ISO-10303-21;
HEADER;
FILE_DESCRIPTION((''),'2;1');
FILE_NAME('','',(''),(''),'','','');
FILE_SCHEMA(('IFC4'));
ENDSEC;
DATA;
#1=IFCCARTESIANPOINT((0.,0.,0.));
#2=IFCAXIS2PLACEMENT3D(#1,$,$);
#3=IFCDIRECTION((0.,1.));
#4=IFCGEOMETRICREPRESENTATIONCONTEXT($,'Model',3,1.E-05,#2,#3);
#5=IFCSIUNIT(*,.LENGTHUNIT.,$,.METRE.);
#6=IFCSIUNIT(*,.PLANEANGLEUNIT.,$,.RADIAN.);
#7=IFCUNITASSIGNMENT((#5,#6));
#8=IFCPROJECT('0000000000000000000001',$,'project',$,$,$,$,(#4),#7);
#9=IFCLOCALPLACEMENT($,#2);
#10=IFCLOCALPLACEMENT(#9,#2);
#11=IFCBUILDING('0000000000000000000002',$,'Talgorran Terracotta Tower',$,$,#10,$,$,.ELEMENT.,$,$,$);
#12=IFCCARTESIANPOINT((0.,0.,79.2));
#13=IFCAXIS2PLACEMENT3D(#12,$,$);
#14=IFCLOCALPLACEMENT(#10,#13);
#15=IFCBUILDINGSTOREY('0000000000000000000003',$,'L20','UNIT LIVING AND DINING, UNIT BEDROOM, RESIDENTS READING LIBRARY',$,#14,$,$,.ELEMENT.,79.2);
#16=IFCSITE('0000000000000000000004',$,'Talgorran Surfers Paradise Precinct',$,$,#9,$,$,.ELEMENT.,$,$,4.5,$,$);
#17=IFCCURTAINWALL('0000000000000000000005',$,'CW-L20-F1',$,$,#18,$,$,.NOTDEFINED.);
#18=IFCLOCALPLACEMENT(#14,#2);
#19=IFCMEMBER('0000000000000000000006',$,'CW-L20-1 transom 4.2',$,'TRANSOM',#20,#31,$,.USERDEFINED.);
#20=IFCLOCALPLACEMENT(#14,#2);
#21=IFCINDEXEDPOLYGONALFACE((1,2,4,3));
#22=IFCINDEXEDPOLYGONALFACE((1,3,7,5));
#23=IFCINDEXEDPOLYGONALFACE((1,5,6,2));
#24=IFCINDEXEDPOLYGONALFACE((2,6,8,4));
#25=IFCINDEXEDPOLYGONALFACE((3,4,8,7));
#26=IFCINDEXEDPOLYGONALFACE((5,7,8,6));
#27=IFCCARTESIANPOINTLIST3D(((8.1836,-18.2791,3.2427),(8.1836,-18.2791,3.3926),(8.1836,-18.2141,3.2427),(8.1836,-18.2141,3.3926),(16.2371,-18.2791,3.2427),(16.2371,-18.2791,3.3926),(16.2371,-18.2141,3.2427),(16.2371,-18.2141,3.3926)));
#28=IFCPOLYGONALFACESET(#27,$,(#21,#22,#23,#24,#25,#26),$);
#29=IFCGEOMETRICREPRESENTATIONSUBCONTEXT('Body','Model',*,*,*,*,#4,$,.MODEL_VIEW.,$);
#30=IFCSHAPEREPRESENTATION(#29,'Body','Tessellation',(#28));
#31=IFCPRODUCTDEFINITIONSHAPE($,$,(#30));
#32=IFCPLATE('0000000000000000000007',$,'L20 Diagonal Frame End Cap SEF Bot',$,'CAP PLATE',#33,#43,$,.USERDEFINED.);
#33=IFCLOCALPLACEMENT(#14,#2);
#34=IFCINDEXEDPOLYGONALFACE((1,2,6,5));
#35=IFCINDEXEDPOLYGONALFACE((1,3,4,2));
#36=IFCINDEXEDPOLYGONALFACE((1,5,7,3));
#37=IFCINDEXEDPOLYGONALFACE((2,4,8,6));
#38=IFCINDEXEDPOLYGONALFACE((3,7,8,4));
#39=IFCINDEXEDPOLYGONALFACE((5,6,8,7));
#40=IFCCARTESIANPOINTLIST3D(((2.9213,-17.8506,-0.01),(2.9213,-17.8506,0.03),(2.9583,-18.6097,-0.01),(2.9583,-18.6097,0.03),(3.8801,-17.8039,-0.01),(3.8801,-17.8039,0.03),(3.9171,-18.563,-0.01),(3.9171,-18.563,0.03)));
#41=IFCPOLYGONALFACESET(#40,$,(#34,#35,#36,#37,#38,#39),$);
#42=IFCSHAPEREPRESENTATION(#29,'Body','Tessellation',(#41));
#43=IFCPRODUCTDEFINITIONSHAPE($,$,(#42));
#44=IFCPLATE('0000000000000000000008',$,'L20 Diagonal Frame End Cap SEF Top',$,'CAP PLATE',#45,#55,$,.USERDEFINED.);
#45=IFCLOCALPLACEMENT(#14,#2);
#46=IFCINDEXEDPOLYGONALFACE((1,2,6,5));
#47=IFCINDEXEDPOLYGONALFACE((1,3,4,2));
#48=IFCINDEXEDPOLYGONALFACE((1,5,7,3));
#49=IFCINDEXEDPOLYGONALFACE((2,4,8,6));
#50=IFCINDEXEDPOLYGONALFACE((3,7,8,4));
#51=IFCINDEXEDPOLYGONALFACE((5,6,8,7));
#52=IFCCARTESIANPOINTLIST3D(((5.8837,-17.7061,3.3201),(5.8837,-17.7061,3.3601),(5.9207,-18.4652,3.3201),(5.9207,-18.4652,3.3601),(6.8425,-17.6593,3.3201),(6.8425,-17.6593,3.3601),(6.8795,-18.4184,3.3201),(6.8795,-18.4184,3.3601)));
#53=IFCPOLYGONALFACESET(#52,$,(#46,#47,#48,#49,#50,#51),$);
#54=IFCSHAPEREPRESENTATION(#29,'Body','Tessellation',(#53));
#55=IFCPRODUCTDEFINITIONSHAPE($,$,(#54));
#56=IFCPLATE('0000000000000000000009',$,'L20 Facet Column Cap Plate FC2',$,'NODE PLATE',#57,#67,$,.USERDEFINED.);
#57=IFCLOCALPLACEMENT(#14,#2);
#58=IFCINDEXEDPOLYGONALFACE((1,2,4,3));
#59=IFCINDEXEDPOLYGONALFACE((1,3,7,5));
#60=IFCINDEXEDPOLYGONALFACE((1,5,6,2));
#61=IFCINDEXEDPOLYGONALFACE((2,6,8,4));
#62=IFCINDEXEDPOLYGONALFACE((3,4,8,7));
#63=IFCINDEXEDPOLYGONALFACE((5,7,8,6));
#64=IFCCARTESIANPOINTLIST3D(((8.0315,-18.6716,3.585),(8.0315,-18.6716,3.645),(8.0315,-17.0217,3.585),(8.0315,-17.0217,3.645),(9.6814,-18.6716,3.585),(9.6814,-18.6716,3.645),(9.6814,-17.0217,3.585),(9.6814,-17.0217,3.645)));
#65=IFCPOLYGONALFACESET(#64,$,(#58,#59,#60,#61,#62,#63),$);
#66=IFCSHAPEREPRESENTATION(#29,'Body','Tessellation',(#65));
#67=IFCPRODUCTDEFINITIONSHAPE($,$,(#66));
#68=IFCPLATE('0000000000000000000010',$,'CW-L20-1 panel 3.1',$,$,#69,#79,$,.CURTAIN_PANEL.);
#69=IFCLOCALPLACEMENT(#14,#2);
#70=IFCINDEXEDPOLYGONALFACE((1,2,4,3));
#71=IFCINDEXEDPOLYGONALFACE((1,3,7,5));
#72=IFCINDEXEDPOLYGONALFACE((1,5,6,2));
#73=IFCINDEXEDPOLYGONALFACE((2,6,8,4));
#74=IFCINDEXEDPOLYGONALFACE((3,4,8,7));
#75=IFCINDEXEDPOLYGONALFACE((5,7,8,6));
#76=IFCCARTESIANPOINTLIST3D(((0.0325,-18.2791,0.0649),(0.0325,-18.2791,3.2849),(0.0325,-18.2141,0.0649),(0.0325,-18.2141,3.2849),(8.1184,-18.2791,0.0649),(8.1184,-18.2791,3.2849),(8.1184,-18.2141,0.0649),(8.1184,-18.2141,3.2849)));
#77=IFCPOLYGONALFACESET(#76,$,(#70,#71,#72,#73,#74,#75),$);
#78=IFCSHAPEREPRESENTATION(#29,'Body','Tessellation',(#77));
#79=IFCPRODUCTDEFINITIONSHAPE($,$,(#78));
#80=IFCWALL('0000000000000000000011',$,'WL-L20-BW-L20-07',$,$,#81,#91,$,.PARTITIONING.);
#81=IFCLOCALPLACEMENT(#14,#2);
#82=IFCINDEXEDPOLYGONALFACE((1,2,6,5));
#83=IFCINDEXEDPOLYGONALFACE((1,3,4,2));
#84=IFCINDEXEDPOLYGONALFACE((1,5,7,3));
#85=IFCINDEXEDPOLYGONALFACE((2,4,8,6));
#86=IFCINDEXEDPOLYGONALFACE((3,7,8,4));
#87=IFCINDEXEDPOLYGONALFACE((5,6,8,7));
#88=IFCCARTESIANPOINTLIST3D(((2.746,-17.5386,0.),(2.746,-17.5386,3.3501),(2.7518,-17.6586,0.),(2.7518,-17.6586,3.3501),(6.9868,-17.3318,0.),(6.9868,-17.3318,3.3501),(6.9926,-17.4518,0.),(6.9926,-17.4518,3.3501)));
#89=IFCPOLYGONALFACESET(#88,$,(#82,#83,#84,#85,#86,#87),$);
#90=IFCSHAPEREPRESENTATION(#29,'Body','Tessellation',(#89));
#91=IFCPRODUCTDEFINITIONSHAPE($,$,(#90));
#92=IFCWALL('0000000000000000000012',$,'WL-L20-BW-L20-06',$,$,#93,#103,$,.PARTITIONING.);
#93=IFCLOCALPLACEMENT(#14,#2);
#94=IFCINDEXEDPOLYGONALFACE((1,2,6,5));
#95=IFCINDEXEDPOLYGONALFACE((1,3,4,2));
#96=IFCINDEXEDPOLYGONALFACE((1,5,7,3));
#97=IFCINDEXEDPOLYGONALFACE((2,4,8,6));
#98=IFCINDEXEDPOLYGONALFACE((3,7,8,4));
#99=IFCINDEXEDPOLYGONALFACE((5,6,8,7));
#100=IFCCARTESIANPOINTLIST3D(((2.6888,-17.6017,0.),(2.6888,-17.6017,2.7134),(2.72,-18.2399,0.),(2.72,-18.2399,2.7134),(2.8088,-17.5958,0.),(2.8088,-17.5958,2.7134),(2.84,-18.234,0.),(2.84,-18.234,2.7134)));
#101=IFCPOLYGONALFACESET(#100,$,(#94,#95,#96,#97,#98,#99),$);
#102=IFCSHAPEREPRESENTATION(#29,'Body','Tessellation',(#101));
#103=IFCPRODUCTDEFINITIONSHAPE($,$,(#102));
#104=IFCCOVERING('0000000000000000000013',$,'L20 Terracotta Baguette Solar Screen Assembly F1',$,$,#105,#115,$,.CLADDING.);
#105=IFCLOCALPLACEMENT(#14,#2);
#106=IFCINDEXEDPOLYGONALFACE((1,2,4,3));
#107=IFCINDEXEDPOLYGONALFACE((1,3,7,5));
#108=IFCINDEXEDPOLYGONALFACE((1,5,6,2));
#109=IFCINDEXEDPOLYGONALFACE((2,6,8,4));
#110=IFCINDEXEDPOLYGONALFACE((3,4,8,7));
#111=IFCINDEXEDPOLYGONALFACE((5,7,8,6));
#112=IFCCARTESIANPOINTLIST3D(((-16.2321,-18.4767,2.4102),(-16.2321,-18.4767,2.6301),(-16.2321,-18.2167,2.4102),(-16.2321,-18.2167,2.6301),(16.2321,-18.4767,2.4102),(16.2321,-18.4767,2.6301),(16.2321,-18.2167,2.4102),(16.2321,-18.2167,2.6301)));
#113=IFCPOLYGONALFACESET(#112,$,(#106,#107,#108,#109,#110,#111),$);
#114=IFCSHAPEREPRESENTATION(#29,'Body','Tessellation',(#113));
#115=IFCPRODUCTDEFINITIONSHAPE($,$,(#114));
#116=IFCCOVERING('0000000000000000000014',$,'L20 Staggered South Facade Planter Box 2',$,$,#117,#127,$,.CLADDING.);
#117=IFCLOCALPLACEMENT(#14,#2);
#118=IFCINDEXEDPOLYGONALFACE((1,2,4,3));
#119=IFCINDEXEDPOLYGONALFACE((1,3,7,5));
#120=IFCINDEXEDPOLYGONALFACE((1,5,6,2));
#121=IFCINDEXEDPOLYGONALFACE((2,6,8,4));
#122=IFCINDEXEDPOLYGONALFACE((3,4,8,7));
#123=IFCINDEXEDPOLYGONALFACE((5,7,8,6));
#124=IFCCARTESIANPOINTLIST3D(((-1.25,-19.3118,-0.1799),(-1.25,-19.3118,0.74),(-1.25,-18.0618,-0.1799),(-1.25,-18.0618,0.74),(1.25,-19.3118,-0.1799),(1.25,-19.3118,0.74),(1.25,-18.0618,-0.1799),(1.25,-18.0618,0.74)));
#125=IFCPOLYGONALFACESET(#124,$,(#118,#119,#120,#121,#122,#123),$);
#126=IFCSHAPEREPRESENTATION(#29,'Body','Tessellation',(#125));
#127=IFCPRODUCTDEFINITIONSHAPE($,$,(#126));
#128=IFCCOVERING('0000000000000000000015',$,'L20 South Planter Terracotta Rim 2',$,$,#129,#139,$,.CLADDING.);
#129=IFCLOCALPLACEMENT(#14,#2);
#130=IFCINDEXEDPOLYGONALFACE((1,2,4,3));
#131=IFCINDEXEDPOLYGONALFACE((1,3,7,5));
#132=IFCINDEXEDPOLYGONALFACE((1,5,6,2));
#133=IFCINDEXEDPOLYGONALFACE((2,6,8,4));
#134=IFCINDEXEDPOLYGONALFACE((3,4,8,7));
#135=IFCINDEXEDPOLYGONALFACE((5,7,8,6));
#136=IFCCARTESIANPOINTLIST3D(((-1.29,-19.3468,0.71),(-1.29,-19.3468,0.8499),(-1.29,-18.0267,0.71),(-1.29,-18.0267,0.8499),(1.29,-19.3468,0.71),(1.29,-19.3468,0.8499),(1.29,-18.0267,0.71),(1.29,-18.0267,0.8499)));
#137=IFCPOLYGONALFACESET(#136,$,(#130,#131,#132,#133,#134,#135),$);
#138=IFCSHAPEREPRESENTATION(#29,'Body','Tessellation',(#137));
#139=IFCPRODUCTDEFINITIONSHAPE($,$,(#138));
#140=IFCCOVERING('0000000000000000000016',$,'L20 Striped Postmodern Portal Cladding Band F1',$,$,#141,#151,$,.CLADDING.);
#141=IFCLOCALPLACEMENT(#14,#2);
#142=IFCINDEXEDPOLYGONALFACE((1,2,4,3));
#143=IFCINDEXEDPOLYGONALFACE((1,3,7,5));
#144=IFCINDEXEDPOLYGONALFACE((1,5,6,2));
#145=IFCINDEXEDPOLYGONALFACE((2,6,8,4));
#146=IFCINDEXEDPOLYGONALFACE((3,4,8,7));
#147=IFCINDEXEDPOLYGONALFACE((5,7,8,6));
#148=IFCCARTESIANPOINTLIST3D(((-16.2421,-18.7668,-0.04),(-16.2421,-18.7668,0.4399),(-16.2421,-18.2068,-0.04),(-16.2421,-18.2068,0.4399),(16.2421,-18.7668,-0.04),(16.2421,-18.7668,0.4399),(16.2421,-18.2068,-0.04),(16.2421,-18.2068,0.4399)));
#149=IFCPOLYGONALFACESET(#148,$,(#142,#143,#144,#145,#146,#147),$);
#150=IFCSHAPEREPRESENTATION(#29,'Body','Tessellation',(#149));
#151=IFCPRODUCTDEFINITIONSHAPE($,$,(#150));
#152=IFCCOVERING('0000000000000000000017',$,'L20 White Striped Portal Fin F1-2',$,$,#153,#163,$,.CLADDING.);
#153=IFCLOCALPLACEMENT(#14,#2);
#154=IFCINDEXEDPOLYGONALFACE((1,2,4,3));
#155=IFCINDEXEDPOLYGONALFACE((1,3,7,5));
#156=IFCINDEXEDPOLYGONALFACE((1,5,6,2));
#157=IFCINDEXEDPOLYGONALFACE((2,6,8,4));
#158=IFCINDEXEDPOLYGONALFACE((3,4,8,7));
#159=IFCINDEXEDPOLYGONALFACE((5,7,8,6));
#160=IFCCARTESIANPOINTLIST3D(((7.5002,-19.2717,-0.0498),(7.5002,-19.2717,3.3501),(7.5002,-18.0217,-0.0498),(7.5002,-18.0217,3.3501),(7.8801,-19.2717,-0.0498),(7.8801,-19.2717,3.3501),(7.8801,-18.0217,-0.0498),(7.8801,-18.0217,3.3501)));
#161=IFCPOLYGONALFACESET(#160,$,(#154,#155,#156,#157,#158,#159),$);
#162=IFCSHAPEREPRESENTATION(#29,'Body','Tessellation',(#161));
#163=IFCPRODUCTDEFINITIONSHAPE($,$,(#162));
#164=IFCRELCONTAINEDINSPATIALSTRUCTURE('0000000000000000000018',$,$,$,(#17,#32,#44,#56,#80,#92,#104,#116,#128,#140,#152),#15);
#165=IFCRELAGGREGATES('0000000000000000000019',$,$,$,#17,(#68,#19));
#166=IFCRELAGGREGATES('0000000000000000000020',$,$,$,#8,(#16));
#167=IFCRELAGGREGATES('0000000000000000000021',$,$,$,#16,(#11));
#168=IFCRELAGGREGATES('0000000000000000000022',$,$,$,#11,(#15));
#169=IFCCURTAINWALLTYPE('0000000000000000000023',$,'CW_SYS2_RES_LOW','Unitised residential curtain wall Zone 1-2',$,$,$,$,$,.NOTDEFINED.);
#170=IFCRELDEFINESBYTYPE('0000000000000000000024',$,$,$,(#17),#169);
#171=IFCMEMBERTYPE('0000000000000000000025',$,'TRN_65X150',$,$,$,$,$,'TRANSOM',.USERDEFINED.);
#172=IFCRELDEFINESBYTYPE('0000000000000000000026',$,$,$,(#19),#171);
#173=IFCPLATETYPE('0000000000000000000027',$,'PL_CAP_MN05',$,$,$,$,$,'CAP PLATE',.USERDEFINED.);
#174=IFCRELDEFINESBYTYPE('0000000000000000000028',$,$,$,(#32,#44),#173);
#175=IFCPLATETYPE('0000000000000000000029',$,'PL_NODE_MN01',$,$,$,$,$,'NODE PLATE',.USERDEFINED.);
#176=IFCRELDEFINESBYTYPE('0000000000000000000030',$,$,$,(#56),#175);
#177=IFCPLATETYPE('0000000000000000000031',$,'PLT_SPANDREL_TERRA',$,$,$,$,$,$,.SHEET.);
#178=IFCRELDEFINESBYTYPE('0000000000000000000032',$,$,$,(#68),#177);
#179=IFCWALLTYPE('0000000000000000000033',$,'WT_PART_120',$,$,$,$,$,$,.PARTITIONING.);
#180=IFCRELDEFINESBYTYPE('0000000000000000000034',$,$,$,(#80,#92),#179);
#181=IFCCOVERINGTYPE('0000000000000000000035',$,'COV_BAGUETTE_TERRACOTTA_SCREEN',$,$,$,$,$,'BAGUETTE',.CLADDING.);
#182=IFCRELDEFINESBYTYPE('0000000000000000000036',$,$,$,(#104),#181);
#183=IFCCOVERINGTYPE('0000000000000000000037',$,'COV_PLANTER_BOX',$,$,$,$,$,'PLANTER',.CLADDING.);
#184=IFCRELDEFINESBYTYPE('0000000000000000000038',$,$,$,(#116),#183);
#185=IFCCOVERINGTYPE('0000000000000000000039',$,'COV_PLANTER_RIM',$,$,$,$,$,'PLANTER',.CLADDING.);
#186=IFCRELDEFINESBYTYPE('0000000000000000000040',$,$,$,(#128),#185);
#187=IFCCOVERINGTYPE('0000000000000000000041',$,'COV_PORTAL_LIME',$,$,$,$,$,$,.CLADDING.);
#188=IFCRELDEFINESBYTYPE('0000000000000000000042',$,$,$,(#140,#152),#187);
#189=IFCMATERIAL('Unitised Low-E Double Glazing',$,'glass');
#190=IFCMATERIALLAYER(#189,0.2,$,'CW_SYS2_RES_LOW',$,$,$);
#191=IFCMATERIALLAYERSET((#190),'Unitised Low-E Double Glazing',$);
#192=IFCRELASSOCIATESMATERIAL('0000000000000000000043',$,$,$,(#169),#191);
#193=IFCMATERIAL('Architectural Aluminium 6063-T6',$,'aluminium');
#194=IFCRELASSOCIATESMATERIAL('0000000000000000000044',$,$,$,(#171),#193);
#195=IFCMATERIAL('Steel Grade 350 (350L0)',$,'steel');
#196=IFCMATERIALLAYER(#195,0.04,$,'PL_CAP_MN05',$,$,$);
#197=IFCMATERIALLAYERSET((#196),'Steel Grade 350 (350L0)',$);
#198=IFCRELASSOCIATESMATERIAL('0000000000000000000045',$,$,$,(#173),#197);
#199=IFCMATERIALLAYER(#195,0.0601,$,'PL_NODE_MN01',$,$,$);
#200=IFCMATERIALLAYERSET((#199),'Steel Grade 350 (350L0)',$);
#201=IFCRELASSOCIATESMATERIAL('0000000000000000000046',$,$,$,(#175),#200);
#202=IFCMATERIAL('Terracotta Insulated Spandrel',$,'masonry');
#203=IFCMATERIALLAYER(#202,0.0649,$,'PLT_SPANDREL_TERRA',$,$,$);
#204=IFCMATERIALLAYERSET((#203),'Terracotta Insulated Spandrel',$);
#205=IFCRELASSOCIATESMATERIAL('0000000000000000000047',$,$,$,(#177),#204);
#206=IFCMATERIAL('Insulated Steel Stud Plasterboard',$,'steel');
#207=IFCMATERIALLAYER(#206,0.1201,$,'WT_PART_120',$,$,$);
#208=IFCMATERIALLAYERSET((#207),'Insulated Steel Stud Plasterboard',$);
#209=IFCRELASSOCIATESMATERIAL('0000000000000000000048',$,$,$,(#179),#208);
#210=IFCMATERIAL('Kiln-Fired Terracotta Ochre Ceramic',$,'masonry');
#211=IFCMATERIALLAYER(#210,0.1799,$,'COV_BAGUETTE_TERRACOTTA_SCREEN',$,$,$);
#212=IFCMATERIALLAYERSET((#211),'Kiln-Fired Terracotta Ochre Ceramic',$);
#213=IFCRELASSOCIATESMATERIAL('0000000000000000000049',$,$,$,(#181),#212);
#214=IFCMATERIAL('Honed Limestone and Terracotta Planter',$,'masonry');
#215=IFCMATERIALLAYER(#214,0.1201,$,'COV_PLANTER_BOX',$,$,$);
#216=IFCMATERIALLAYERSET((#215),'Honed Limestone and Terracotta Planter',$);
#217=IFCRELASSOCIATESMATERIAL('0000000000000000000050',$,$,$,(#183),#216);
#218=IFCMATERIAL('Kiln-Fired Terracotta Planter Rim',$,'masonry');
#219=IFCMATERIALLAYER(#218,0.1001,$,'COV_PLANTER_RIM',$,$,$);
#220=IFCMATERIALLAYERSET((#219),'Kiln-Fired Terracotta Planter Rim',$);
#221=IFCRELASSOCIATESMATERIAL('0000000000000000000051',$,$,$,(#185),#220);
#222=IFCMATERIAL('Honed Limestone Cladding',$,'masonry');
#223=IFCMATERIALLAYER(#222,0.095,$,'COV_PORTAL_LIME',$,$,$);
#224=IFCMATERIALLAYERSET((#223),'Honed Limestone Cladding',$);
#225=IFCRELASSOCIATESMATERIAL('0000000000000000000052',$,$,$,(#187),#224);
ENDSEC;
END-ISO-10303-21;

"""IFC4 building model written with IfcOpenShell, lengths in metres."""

from ifc_helpers import new_model, si_unit, direction, frame, frame_2d, origin, origin_2d, place, context, subcontext, project, spatial, rectangle, extrude, source, transform, mapped, material, layer, layer_set, material_profile, profile_set, type_object, type_shapes, element, aggregate, save


model = new_model("IFC4")

# Units and contexts
model_context = context("Model", 3, precision=1e-05, world=origin(), true_north=direction((0.0, 1.0)))
body_context = subcontext(model_context, "Body", "Model", "MODEL_VIEW")
ifc_project = project(units=[si_unit("LENGTHUNIT", "METRE"), si_unit("PLANEANGLEUNIT", "RADIAN")], contexts=[model_context])

# Site, building, storey
site_placement = place(None, origin())
site = spatial("IfcSite", under=ifc_project, at=site_placement, Name="Talgorran Surfers Paradise Precinct", CompositionType="ELEMENT", RefElevation=4.5)
building_placement = place(site_placement, origin())
building = spatial("IfcBuilding", under=site, at=building_placement, Name="Talgorran Terracotta Tower", CompositionType="ELEMENT")
storey_placement = place(building_placement, frame((0.0, 0.0, 79.2)))
storey = spatial("IfcBuildingStorey", under=building, at=storey_placement, Name="L20", Description="UNIT LIVING AND DINING, UNIT BEDROOM, RESIDENTS READING LIBRARY", CompositionType="ELEMENT", Elevation=79.2)

# Shared definitions
ifc_material_1 = material(Name="Steel Grade 350 (350L0)", Category="steel")

# Curtain wall, member
ifc_material_2 = material(Name="Unitised Low-E Double Glazing", Category="glass")
ifc_layer_1 = layer(ifc_material_2, 0.2, Name="CW_SYS2_RES_LOW")
ifc_layer_set_1 = layer_set([ifc_layer_1], Name="Unitised Low-E Double Glazing")
curtain_wall_type = type_object("IfcCurtainWallType", Name="CW_SYS2_RES_LOW", Description="Unitised residential curtain wall Zone 1-2", PredefinedType="NOTDEFINED", material=ifc_layer_set_1)
curtain_wall_placement = place(storey_placement, origin())
curtain_wall = element("IfcCurtainWall", 1, at=curtain_wall_placement, inside=storey, type_object=curtain_wall_type, Name="CW-L20-F1", PredefinedType="NOTDEFINED")
ifc_material_3 = material(Name="Architectural Aluminium 6063-T6", Category="aluminium")
ifc_material_profile_1 = material_profile(ifc_material_3, rectangle(XDim=0.0649, YDim=0.1499, at=origin_2d()), Name="CWT65X150")
ifc_profile_set_1 = profile_set([ifc_material_profile_1], Name="Architectural Aluminium 6063-T6")
member_type_1 = type_object("IfcMemberType", Name="TRN_65X150", ElementType="TRANSOM", PredefinedType="USERDEFINED", material=ifc_profile_set_1)
member_1_placement = place(storey_placement, frame((8.1836, -18.2466, 3.3176), z_axis=(1.0, 0.0, 0.0), x_axis=(0.0, 1.0, 0.0)))
member_1 = element("IfcMember", 2, at=member_1_placement, type_object=member_type_1, Name="CW-L20-1 transom 4.2", ObjectType="TRANSOM", PredefinedType="USERDEFINED", context=body_context, shape_type="SweptSolid", body=[
    extrude(rectangle(XDim=0.0649, YDim=0.1499, at=origin_2d()), origin(), (0.0, 0.0, 1.0), 8.0535),
])

# Plates
ifc_layer_2 = layer(ifc_material_1, 0.04, Name="PL_CAP_MN05")
ifc_layer_set_2 = layer_set([ifc_layer_2], Name="Steel Grade 350 (350L0)")
plate_type_1 = type_object("IfcPlateType", Name="PL_CAP_MN05", ElementType="CAP PLATE", PredefinedType="USERDEFINED", material=ifc_layer_set_2)
for number, where, z_axis, x_axis, name in (
    (3, (3.4192, -18.2068, -0.01), (0.0, 0.0, 1.0), (0.998815, 0.048675, 0.0), "L20 Diagonal Frame End Cap SEF Bot"),
    (4, (6.3816, -18.0623, 3.3201), (0.0, 0.0, 1.0), (0.998815, 0.048675, 0.0), "L20 Diagonal Frame End Cap SEF Top"),
):
    element("IfcPlate", number, at=place(storey_placement, frame(where, z_axis=z_axis, x_axis=x_axis)), inside=storey, type_object=plate_type_1, Name=name, ObjectType="CAP PLATE", PredefinedType="USERDEFINED", context=body_context, shape_type="SweptSolid", body=[
        extrude(rectangle(XDim=0.96, YDim=0.76, at=origin_2d()), origin(), (0.0, 0.0, 1.0), 0.04),
    ])
ifc_layer_3 = layer(ifc_material_1, 0.0601, Name="PL_NODE_MN01")
ifc_layer_set_3 = layer_set([ifc_layer_3], Name="Steel Grade 350 (350L0)")
plate_type_2 = type_object("IfcPlateType", Name="PL_NODE_MN01", ElementType="NODE PLATE", PredefinedType="USERDEFINED", material=ifc_layer_set_3)
plate_1_placement = place(storey_placement, frame((8.8564, -17.8467, 3.585), z_axis=(0.0, 0.0, 1.0), x_axis=(1.0, 0.0, 0.0)))
element("IfcPlate", 5, at=plate_1_placement, inside=storey, type_object=plate_type_2, Name="L20 Facet Column Cap Plate FC2", ObjectType="NODE PLATE", PredefinedType="USERDEFINED", context=body_context, shape_type="SweptSolid", body=[
    extrude(rectangle(XDim=1.6499, YDim=1.6499, at=origin_2d()), origin(), (0.0, 0.0, 1.0), 0.0601),
])

# Plate
ifc_material_4 = material(Name="Terracotta Insulated Spandrel", Category="masonry")
ifc_layer_4 = layer(ifc_material_4, 0.0649, Name="PLT_SPANDREL_TERRA")
ifc_layer_set_4 = layer_set([ifc_layer_4], Name="Terracotta Insulated Spandrel")
plate_type_3 = type_object("IfcPlateType", Name="PLT_SPANDREL_TERRA", PredefinedType="SHEET", material=ifc_layer_set_4)
shared_shape_1 = source(origin(), body_context, "Body", "SweptSolid", [
    extrude(rectangle(XDim=8.0859, YDim=0.0649, at=origin_2d()), origin(), (0.0, 0.0, 1.0), 3.22),
])
type_shapes(plate_type_3, [shared_shape_1])
plate_2_placement = place(storey_placement, frame((4.0754, -18.2466, 0.0649), z_axis=(0.0, 0.0, 1.0), x_axis=(1.0, 0.0, 0.0)))
plate_2 = element("IfcPlate", 6, at=plate_2_placement, type_object=plate_type_3, Name="CW-L20-1 panel 3.1", PredefinedType="CURTAIN_PANEL", context=body_context, shape_type="MappedRepresentation", body=[
    mapped(shared_shape_1, transform((0.0, 0.0, 0.0), scale=1.0)),
])
aggregate(curtain_wall, [plate_2, member_1])

# Walls
ifc_material_5 = material(Name="Insulated Steel Stud Plasterboard", Category="steel")
ifc_layer_5 = layer(ifc_material_5, 0.1201, Name="WT_PART_120")
ifc_layer_set_5 = layer_set([ifc_layer_5], Name="Insulated Steel Stud Plasterboard")
wall_type = type_object("IfcWallType", Name="WT_PART_120", PredefinedType="PARTITIONING", material=ifc_layer_set_5)
wall_1_placement = place(storey_placement, frame((2.7488, -17.5986, 0.0), z_axis=(0.0, 0.0, 1.0), x_axis=(0.998813, 0.048704, 0.0)))
element("IfcWall", 7, at=wall_1_placement, inside=storey, type_object=wall_type, Name="WL-L20-BW-L20-07", PredefinedType="PARTITIONING", context=body_context, shape_type="SweptSolid", body=[
    extrude(rectangle(XDim=4.2458, YDim=0.1201, at=frame_2d((2.123, 0.0))), origin(), (0.0, 0.0, 1.0), 3.3501),
])
wall_2_placement = place(storey_placement, frame((2.78, -18.2368, 0.0), z_axis=(0.0, 0.0, 1.0), x_axis=(-0.048908, 0.998803, 0.0)))
element("IfcWall", 8, at=wall_2_placement, inside=storey, type_object=wall_type, Name="WL-L20-BW-L20-06", PredefinedType="PARTITIONING", context=body_context, shape_type="SweptSolid", body=[
    extrude(rectangle(XDim=0.6389, YDim=0.1201, at=frame_2d((0.3193, 0.0))), origin(), (0.0, 0.0, 1.0), 2.7134),
])

# Coverings
ifc_material_6 = material(Name="Kiln-Fired Terracotta Ochre Ceramic", Category="masonry")
ifc_layer_6 = layer(ifc_material_6, 0.1799, Name="COV_BAGUETTE_TERRACOTTA_SCREEN")
ifc_layer_set_6 = layer_set([ifc_layer_6], Name="Kiln-Fired Terracotta Ochre Ceramic")
covering_type_1 = type_object("IfcCoveringType", Name="COV_BAGUETTE_TERRACOTTA_SCREEN", ElementType="BAGUETTE", PredefinedType="CLADDING", material=ifc_layer_set_6)
covering_1_placement = place(storey_placement, frame((0.0, -18.3467, 2.4102), z_axis=(0.0, 0.0, 1.0), x_axis=(1.0, 0.0, 0.0)))
element("IfcCovering", 9, at=covering_1_placement, inside=storey, type_object=covering_type_1, Name="L20 Terracotta Baguette Solar Screen Assembly F1", PredefinedType="CLADDING", context=body_context, shape_type="SweptSolid", body=[
    extrude(rectangle(XDim=32.4641, YDim=0.26, at=origin_2d()), origin(), (0.0, 0.0, 1.0), 0.22),
])
ifc_material_7 = material(Name="Honed Limestone and Terracotta Planter", Category="masonry")
ifc_layer_7 = layer(ifc_material_7, 0.1201, Name="COV_PLANTER_BOX")
ifc_layer_set_7 = layer_set([ifc_layer_7], Name="Honed Limestone and Terracotta Planter")
covering_type_2 = type_object("IfcCoveringType", Name="COV_PLANTER_BOX", ElementType="PLANTER", PredefinedType="CLADDING", material=ifc_layer_set_7)
covering_2_placement = place(storey_placement, frame((0.0, -18.6868, -0.1799), z_axis=(0.0, 0.0, 1.0), x_axis=(1.0, 0.0, 0.0)))
element("IfcCovering", 10, at=covering_2_placement, inside=storey, type_object=covering_type_2, Name="L20 Staggered South Facade Planter Box 2", PredefinedType="CLADDING", context=body_context, shape_type="SweptSolid", body=[
    extrude(rectangle(XDim=2.5, YDim=1.25, at=origin_2d()), origin(), (0.0, 0.0, 1.0), 0.9199),
])
ifc_material_8 = material(Name="Kiln-Fired Terracotta Planter Rim", Category="masonry")
ifc_layer_8 = layer(ifc_material_8, 0.1001, Name="COV_PLANTER_RIM")
ifc_layer_set_8 = layer_set([ifc_layer_8], Name="Kiln-Fired Terracotta Planter Rim")
covering_type_3 = type_object("IfcCoveringType", Name="COV_PLANTER_RIM", ElementType="PLANTER", PredefinedType="CLADDING", material=ifc_layer_set_8)
covering_3_placement = place(storey_placement, frame((0.0, -18.6868, 0.71), z_axis=(0.0, 0.0, 1.0), x_axis=(1.0, 0.0, 0.0)))
element("IfcCovering", 11, at=covering_3_placement, inside=storey, type_object=covering_type_3, Name="L20 South Planter Terracotta Rim 2", PredefinedType="CLADDING", context=body_context, shape_type="SweptSolid", body=[
    extrude(rectangle(XDim=2.5801, YDim=1.3201, at=origin_2d()), origin(), (0.0, 0.0, 1.0), 0.1399),
])
ifc_material_9 = material(Name="Honed Limestone Cladding", Category="masonry")
ifc_layer_9 = layer(ifc_material_9, 0.095, Name="COV_PORTAL_LIME")
ifc_layer_set_9 = layer_set([ifc_layer_9], Name="Honed Limestone Cladding")
covering_type_4 = type_object("IfcCoveringType", Name="COV_PORTAL_LIME", PredefinedType="CLADDING", material=ifc_layer_set_9)
covering_4_placement = place(storey_placement, frame((0.0, -18.4868, -0.04), z_axis=(0.0, 0.0, 1.0), x_axis=(1.0, 0.0, 0.0)))
element("IfcCovering", 12, at=covering_4_placement, inside=storey, type_object=covering_type_4, Name="L20 Striped Postmodern Portal Cladding Band F1", PredefinedType="CLADDING", context=body_context, shape_type="SweptSolid", body=[
    extrude(rectangle(XDim=32.4841, YDim=0.5601, at=origin_2d()), origin(), (0.0, 0.0, 1.0), 0.48),
])
covering_5_placement = place(storey_placement, frame((7.6902, -18.6467, -0.0498), z_axis=(0.0, 0.0, 1.0), x_axis=(1.0, 0.0, 0.0)))
element("IfcCovering", 13, at=covering_5_placement, inside=storey, type_object=covering_type_4, Name="L20 White Striped Portal Fin F1-2", PredefinedType="CLADDING", context=body_context, shape_type="SweptSolid", body=[
    extrude(rectangle(XDim=0.3799, YDim=1.25, at=origin_2d()), origin(), (0.0, 0.0, 1.0), 3.3999),
])

save(model, "model.ifc")
